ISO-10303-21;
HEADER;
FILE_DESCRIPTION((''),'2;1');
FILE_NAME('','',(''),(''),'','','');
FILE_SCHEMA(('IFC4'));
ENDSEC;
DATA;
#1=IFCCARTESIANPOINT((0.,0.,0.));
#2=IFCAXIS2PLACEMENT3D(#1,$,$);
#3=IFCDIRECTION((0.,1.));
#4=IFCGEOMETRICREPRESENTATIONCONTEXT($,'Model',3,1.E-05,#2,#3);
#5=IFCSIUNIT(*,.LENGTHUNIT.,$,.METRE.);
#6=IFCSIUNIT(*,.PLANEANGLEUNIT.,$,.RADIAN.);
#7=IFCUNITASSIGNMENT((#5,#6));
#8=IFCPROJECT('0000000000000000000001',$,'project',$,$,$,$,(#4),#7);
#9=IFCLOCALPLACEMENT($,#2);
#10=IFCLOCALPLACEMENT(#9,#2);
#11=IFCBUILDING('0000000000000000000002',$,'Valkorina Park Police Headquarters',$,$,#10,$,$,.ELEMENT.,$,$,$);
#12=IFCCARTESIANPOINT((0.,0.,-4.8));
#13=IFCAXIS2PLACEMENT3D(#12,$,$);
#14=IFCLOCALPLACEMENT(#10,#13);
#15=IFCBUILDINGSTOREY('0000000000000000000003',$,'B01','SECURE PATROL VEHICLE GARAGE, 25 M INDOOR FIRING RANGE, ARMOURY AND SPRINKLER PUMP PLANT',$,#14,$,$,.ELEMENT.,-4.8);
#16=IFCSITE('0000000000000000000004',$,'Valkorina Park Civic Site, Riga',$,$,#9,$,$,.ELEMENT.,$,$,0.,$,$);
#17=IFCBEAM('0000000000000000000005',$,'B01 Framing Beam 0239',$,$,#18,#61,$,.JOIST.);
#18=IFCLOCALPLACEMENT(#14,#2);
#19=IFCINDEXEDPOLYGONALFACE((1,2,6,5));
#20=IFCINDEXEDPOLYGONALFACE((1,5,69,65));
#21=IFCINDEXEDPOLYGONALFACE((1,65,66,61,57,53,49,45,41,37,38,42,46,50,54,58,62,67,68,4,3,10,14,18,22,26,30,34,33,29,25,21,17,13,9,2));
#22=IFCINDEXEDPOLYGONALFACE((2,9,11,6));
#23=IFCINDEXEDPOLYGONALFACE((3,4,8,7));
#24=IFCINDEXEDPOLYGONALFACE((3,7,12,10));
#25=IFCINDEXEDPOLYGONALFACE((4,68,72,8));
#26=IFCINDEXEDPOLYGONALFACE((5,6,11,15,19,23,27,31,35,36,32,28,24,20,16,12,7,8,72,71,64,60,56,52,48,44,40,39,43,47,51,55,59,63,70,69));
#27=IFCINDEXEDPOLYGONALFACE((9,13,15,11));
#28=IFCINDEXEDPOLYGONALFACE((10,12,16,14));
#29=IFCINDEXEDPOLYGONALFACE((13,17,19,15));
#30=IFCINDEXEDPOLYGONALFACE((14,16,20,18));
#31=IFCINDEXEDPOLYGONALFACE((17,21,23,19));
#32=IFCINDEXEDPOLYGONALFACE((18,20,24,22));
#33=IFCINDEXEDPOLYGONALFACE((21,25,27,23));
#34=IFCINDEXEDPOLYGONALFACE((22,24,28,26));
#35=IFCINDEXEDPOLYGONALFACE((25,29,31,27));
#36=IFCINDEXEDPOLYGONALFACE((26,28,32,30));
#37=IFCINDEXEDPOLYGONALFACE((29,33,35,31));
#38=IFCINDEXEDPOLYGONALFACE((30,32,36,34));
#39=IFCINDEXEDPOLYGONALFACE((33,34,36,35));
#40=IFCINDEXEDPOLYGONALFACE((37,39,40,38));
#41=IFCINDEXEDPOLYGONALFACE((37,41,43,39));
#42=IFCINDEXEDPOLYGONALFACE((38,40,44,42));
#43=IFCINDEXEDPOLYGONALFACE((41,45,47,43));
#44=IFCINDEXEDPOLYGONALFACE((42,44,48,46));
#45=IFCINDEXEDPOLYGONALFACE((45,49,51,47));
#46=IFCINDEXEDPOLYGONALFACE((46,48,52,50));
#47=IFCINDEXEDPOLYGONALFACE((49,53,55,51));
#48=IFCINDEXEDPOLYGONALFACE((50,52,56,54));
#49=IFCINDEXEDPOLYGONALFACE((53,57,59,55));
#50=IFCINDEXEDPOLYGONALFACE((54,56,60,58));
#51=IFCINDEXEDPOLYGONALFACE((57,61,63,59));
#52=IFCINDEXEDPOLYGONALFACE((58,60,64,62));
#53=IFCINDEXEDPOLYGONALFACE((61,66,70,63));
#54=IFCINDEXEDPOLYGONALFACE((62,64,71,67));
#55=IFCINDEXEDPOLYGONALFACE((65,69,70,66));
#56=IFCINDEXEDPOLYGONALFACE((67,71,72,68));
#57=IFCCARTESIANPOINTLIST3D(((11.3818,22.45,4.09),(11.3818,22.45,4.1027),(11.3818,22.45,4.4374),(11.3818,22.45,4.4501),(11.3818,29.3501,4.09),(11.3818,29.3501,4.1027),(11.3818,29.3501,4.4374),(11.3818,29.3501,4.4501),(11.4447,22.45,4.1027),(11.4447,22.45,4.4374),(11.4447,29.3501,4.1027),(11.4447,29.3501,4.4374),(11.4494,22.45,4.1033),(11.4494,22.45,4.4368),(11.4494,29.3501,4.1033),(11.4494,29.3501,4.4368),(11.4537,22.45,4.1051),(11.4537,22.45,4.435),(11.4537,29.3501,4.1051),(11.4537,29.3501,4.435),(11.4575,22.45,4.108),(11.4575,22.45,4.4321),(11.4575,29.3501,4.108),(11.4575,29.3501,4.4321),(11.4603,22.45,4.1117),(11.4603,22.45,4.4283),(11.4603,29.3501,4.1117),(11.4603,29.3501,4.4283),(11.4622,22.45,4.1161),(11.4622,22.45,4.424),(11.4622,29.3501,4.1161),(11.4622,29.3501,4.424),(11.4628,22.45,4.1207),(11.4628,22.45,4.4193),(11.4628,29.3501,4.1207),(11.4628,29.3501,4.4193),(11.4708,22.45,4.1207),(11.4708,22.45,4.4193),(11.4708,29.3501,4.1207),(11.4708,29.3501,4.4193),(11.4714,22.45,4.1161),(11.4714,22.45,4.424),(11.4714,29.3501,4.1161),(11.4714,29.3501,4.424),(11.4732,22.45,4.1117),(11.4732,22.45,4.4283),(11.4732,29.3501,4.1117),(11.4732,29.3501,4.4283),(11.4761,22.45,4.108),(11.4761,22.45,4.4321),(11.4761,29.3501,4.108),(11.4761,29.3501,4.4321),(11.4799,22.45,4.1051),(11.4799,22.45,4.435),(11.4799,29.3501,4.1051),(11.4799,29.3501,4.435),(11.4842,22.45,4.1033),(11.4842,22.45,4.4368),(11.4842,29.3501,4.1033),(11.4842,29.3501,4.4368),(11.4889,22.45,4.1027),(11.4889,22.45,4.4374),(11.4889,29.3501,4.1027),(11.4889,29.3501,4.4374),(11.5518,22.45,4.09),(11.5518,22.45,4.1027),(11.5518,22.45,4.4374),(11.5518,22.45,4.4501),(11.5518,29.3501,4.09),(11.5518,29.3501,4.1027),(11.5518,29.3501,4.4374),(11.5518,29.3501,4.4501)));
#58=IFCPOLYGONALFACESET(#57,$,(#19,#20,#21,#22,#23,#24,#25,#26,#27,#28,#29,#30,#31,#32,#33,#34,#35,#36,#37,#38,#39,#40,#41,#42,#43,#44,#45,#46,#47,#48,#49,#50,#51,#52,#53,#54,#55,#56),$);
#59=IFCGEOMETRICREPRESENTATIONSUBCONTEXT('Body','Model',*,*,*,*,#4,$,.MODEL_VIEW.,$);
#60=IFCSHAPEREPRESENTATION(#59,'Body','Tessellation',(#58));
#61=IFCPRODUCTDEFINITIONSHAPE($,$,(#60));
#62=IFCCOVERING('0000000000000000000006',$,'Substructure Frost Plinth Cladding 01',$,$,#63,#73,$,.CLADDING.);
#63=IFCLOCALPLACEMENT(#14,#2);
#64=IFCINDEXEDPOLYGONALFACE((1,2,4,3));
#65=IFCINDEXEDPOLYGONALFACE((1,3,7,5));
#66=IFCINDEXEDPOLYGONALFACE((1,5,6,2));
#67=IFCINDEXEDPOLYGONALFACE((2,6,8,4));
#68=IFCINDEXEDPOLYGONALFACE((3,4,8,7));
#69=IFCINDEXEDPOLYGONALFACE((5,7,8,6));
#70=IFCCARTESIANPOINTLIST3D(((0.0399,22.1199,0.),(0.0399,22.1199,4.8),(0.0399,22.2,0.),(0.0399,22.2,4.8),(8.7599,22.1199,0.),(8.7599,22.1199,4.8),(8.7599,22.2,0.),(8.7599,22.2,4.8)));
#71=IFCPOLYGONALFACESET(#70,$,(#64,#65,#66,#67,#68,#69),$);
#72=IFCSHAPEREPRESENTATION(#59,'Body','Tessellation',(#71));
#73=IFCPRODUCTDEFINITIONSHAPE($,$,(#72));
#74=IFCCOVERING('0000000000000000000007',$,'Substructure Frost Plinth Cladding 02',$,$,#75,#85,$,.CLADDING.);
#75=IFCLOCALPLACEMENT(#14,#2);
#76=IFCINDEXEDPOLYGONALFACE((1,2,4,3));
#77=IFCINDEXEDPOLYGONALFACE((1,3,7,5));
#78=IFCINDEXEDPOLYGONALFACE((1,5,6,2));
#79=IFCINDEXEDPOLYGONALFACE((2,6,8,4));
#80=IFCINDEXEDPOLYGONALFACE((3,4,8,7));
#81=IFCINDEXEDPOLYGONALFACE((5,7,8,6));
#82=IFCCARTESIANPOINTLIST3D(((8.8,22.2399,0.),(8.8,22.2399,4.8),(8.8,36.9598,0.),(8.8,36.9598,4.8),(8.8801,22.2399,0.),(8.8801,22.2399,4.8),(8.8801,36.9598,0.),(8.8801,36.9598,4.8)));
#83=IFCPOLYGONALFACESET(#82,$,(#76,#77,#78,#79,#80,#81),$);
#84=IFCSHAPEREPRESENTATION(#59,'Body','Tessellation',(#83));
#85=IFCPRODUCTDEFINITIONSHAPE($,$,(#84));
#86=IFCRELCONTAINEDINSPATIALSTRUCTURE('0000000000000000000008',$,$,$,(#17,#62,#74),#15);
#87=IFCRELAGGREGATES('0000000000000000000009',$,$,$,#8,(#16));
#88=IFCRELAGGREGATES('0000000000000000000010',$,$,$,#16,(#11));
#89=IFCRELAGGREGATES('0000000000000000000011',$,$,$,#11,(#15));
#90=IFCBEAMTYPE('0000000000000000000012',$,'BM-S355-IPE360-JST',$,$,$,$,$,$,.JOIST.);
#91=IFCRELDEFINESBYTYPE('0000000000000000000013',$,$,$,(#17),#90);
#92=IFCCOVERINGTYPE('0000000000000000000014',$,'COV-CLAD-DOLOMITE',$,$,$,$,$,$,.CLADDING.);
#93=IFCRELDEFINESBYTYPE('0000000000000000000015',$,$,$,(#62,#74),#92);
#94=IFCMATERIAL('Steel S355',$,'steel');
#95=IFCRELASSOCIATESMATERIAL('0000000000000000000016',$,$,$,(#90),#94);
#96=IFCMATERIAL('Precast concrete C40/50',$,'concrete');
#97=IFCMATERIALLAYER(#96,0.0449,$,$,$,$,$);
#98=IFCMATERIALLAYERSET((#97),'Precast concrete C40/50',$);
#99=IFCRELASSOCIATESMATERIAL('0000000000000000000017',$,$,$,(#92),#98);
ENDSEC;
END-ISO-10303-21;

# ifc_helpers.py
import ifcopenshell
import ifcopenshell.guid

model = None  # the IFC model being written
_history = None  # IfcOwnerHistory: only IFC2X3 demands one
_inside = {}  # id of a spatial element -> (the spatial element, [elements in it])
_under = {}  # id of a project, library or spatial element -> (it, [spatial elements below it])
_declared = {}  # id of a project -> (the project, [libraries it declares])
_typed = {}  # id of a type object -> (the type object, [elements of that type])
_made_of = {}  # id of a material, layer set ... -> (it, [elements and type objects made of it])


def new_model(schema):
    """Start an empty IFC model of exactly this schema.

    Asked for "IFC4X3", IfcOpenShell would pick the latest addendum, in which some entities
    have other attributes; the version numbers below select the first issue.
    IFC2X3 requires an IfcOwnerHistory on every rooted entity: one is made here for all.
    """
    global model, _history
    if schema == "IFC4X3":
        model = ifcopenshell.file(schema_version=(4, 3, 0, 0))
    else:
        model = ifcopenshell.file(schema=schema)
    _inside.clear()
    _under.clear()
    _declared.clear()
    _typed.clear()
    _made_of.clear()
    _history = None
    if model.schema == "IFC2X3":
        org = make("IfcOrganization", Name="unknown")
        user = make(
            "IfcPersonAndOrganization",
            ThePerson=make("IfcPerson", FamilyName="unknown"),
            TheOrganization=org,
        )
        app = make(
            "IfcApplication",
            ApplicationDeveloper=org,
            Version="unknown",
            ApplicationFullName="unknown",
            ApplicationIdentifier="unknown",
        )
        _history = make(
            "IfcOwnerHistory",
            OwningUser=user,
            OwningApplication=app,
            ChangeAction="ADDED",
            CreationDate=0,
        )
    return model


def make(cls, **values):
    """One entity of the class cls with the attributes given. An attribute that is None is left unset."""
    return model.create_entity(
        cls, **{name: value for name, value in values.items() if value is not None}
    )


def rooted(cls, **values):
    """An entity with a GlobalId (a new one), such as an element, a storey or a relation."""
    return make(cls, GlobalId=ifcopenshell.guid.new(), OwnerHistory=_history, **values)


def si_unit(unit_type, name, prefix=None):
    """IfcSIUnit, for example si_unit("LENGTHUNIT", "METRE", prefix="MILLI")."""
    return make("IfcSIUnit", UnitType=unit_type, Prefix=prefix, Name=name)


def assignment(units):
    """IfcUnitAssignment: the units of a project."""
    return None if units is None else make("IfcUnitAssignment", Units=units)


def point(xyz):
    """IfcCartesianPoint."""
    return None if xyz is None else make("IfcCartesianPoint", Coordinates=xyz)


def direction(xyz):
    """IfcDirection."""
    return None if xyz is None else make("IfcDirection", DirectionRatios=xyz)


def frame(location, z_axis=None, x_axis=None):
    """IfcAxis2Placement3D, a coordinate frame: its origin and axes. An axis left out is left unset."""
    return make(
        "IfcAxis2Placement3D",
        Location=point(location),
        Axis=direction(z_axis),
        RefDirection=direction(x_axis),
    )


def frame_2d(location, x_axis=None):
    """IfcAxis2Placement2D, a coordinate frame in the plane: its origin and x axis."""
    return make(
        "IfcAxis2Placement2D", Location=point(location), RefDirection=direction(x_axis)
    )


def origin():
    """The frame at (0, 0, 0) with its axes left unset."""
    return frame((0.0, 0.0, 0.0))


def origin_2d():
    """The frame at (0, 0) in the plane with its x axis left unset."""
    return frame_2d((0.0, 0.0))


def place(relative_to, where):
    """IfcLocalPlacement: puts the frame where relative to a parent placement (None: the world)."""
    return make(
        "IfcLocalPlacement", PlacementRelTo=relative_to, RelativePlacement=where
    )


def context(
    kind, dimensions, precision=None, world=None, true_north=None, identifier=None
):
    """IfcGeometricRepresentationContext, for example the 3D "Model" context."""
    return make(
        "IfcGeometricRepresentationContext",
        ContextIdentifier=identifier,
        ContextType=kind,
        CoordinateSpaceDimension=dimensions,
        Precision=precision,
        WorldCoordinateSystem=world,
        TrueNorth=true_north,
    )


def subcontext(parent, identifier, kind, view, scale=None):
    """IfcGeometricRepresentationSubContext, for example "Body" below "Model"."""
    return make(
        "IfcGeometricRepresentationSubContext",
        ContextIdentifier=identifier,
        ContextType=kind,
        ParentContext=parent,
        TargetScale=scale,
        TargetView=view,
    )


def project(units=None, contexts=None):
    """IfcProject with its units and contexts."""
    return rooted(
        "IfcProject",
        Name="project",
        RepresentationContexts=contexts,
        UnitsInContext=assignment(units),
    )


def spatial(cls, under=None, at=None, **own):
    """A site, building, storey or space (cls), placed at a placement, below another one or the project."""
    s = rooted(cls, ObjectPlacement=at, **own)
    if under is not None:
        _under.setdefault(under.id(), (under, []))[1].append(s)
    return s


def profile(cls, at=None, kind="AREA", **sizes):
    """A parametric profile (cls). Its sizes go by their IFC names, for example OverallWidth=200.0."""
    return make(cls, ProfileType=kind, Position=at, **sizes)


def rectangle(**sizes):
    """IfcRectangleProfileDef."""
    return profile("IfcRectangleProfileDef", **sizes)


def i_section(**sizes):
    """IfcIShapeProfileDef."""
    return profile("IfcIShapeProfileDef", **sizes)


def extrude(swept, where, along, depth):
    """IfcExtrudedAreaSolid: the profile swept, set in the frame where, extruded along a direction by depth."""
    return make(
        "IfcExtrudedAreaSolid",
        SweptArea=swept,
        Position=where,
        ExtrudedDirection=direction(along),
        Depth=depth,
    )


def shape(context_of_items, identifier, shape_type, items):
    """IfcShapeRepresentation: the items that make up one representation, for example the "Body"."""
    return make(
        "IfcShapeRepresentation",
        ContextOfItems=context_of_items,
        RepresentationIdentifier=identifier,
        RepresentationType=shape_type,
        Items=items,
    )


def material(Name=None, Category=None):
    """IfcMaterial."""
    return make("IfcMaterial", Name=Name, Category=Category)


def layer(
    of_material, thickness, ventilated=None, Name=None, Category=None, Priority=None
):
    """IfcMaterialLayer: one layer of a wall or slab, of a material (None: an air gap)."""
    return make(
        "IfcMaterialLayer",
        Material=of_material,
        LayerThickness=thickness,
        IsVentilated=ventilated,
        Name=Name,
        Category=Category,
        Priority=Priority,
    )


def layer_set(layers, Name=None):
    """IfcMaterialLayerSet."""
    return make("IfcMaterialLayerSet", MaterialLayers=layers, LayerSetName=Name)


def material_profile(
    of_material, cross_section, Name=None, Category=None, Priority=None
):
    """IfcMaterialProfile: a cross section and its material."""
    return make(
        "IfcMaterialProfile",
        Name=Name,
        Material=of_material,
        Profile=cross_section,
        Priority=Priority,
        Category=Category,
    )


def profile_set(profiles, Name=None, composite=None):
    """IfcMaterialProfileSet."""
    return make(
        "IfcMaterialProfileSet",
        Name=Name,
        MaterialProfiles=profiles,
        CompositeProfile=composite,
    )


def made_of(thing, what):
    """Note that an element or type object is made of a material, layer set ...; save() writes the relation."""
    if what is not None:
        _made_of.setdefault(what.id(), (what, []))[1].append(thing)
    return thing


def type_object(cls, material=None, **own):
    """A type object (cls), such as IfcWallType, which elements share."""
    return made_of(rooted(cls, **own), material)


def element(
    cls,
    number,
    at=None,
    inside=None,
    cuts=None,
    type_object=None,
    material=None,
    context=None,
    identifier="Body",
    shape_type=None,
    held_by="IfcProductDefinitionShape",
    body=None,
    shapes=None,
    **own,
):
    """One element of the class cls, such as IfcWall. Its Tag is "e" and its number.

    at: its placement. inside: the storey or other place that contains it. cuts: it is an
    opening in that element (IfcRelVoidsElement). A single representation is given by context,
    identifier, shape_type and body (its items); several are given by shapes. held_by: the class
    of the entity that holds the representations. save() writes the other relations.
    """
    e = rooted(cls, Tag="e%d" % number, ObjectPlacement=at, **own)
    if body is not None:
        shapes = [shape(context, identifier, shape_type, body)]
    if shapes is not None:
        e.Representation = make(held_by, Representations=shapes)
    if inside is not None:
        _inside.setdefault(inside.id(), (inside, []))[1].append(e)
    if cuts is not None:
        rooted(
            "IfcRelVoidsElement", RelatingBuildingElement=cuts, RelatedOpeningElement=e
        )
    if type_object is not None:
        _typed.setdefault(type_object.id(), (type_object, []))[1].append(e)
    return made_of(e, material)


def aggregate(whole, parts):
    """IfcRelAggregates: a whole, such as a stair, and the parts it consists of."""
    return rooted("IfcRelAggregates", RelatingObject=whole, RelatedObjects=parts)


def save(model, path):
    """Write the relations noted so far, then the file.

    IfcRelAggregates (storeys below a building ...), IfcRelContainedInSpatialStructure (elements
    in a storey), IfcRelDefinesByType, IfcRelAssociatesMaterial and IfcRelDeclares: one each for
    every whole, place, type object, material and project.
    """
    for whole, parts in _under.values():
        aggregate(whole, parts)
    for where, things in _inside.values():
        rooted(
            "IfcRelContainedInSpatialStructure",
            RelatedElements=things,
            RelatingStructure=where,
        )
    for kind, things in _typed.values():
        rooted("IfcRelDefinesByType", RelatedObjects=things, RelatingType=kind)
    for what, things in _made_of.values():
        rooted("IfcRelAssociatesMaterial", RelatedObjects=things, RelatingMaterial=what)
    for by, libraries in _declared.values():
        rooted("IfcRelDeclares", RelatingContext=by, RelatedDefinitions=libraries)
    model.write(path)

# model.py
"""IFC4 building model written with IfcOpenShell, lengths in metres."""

from ifc_helpers import new_model, si_unit, direction, frame, frame_2d, origin, origin_2d, place, context, subcontext, project, spatial, rectangle, i_section, extrude, material, layer, layer_set, material_profile, profile_set, type_object, element, save


model = new_model("IFC4")

# Units and contexts
model_context = context("Model", 3, precision=1e-05, world=origin(), true_north=direction((0.0, 1.0)))
body_context = subcontext(model_context, "Body", "Model", "MODEL_VIEW")
ifc_project = project(units=[si_unit("LENGTHUNIT", "METRE"), si_unit("PLANEANGLEUNIT", "RADIAN")], contexts=[model_context])

# Site, building, storey
site_placement = place(None, origin())
site = spatial("IfcSite", under=ifc_project, at=site_placement, Name="Valkorina Park Civic Site, Riga", CompositionType="ELEMENT", RefElevation=0.0)
building_placement = place(site_placement, origin())
building = spatial("IfcBuilding", under=site, at=building_placement, Name="Valkorina Park Police Headquarters", CompositionType="ELEMENT")
storey_placement = place(building_placement, frame((0.0, 0.0, -4.8)))
storey = spatial("IfcBuildingStorey", under=building, at=storey_placement, Name="B01", Description="SECURE PATROL VEHICLE GARAGE, 25 M INDOOR FIRING RANGE, ARMOURY AND SPRINKLER PUMP PLANT", CompositionType="ELEMENT", Elevation=-4.8)

# Beam
ifc_material_1 = material(Name="Steel S355", Category="steel")
ifc_material_profile_1 = material_profile(ifc_material_1, i_section(OverallWidth=0.1699, OverallDepth=0.3601, WebThickness=0.0081, FlangeThickness=0.0127, FilletRadius=0.0181, at=origin_2d()), Name="IPE 360")
ifc_profile_set_1 = profile_set([ifc_material_profile_1], Name="Steel S355")
beam_type_1 = type_object("IfcBeamType", Name="BM-S355-IPE360-JST", PredefinedType="JOIST", material=ifc_profile_set_1)
beam_1_placement = place(storey_placement, frame((11.4668, 22.45, 4.27), z_axis=(0.0, 1.0, 0.0), x_axis=(-1.0, 0.0, 0.0)))
element("IfcBeam", 1, at=beam_1_placement, inside=storey, type_object=beam_type_1, Name="B01 Framing Beam 0239", PredefinedType="JOIST", context=body_context, shape_type="SweptSolid", body=[
    extrude(i_section(OverallWidth=0.1699, OverallDepth=0.3601, WebThickness=0.0081, FlangeThickness=0.0127, FilletRadius=0.0181, at=origin_2d()), origin(), (0.0, 0.0, 1.0), 6.9001),
])

# Coverings
ifc_material_2 = material(Name="Precast concrete C40/50", Category="concrete")
ifc_layer = layer(ifc_material_2, 0.0449)
ifc_layer_set = layer_set([ifc_layer], Name="Precast concrete C40/50")
covering_type = type_object("IfcCoveringType", Name="COV-CLAD-DOLOMITE", PredefinedType="CLADDING", material=ifc_layer_set)
covering_1_placement = place(storey_placement, frame((0.04, 22.1599, 0.0), z_axis=(0.0, 0.0, 1.0), x_axis=(1.0, 0.0, 0.0)))
element("IfcCovering", 2, at=covering_1_placement, inside=storey, type_object=covering_type, Name="Substructure Frost Plinth Cladding 01", PredefinedType="CLADDING", context=body_context, shape_type="SweptSolid", body=[
    extrude(rectangle(XDim=8.72, YDim=0.0801, at=frame_2d((4.3599, 0.0))), origin(), (0.0, 0.0, 1.0), 4.8),
])
covering_2_placement = place(storey_placement, frame((8.8401, 22.24, 0.0), z_axis=(0.0, 0.0, 1.0), x_axis=(0.0, 1.0, 0.0)))
element("IfcCovering", 3, at=covering_2_placement, inside=storey, type_object=covering_type, Name="Substructure Frost Plinth Cladding 02", PredefinedType="CLADDING", context=body_context, shape_type="SweptSolid", body=[
    extrude(rectangle(XDim=14.72, YDim=0.0801, at=frame_2d((7.3599, 0.0))), origin(), (0.0, 0.0, 1.0), 4.8),
])

save(model, "model.ifc")
